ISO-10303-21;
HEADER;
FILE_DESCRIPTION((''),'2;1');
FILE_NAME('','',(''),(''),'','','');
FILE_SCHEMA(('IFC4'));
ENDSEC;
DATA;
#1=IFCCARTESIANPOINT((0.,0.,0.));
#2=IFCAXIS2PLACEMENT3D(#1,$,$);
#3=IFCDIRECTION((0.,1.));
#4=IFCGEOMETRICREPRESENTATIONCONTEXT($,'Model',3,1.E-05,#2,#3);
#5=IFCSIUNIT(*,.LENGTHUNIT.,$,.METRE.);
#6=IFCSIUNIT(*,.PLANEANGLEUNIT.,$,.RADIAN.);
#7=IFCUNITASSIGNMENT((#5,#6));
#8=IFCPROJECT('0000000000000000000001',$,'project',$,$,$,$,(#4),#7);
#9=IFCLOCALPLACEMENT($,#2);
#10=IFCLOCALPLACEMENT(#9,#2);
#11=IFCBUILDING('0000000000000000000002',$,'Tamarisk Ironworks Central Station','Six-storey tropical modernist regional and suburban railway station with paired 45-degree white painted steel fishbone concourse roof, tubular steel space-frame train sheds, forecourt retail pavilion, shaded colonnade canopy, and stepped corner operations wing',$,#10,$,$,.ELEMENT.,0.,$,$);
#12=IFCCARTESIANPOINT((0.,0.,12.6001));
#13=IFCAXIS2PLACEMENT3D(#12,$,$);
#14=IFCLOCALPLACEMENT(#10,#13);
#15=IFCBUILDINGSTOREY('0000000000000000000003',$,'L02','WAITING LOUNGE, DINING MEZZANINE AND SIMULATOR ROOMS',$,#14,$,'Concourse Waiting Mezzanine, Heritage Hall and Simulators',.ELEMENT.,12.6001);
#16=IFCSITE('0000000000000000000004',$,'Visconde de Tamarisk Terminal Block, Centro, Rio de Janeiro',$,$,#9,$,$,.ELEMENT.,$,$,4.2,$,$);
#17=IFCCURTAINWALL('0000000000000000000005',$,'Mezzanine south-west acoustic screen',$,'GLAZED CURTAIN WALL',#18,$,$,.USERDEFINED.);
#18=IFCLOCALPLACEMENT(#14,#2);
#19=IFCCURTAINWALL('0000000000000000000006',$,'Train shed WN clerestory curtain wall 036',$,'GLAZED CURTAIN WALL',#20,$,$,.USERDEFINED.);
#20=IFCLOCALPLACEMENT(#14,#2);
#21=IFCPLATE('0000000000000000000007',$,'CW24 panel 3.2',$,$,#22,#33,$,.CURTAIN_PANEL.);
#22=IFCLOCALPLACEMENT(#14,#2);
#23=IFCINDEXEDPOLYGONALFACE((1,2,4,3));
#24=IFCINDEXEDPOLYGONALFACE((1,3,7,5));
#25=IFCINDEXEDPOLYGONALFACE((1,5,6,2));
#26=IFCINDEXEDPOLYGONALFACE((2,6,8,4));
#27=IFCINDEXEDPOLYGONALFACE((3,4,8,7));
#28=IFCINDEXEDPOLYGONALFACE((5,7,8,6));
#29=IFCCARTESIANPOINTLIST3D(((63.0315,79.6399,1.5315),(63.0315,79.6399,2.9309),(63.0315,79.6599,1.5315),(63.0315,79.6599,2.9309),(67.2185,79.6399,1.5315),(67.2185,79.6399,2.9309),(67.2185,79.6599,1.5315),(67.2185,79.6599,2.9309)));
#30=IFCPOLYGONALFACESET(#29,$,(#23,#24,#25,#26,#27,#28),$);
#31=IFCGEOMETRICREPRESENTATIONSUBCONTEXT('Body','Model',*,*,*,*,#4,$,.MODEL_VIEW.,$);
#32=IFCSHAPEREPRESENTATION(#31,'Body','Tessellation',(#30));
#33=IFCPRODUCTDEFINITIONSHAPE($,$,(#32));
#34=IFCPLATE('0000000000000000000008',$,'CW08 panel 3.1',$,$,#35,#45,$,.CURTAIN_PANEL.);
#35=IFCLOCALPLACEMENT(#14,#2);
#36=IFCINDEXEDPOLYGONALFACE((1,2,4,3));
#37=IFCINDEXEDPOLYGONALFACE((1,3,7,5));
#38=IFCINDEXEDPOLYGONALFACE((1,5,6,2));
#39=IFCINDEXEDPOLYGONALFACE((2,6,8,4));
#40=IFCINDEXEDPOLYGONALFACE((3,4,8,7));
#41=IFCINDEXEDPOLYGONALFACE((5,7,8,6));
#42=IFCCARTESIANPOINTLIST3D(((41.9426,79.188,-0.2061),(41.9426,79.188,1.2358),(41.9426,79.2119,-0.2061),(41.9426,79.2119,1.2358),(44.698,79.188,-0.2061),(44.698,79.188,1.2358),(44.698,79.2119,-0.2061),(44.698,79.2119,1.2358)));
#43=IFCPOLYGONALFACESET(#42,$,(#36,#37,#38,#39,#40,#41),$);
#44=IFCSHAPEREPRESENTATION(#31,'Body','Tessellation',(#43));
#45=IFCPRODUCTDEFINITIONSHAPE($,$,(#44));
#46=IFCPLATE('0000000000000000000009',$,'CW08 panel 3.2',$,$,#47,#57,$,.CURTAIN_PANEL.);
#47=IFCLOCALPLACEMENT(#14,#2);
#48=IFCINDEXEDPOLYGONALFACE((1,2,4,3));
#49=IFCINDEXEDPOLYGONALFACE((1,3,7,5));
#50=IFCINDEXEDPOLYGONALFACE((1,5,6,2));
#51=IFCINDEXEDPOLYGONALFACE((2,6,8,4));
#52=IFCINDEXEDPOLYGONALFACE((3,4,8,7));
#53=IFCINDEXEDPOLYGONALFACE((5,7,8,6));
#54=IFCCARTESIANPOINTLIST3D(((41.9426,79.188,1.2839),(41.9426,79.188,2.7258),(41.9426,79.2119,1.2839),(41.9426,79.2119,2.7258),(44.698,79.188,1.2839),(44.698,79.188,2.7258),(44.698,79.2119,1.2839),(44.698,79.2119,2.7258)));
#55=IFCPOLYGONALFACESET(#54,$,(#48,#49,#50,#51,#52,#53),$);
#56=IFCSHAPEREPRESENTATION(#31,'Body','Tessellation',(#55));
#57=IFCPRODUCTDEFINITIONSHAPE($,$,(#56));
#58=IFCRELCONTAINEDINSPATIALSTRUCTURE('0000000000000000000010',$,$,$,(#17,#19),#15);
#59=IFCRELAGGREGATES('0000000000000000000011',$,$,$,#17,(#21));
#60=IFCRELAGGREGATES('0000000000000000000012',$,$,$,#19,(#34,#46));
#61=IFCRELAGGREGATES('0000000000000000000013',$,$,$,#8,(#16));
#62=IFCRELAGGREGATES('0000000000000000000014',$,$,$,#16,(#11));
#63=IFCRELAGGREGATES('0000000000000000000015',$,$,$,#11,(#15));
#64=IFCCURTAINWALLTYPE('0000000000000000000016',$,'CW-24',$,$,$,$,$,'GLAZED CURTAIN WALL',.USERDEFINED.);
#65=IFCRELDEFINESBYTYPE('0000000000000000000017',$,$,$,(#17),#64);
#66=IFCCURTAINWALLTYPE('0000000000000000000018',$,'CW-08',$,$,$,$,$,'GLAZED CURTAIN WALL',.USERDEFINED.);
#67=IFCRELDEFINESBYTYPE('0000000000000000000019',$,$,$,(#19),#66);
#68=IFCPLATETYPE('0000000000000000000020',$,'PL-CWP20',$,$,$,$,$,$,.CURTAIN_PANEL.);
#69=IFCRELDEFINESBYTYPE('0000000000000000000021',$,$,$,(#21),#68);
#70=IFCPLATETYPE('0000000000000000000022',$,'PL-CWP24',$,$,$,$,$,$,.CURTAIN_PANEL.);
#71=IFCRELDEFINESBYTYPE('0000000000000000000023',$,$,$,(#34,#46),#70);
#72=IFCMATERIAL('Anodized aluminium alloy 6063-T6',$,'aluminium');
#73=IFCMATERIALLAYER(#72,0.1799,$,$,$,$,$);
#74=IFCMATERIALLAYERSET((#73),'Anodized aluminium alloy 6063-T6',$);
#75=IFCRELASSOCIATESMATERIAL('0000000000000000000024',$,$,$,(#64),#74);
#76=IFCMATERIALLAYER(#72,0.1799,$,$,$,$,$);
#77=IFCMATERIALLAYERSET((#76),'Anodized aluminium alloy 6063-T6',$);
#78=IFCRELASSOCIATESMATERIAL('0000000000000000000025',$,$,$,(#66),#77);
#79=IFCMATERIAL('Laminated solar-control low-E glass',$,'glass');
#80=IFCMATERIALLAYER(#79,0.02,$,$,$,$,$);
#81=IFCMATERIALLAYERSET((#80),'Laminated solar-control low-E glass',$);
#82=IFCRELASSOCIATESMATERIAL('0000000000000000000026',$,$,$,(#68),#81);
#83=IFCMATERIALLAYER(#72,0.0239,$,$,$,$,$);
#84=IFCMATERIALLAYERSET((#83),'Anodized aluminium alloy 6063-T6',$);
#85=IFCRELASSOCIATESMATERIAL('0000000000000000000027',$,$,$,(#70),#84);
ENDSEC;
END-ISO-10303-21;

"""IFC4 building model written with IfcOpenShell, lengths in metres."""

from ifc_helpers import new_model, si_unit, direction, frame, origin, origin_2d, place, context, subcontext, project, spatial, rectangle, extrude, material, layer, layer_set, type_object, element, aggregate, save


model = new_model("IFC4")

# Units and contexts
model_context = context("Model", 3, precision=1e-05, world=origin(), true_north=direction((0.0, 1.0)))
body_context = subcontext(model_context, "Body", "Model", "MODEL_VIEW")
ifc_project = project(units=[si_unit("LENGTHUNIT", "METRE"), si_unit("PLANEANGLEUNIT", "RADIAN")], contexts=[model_context])

# Site, building, storey
site_placement = place(None, origin())
site = spatial("IfcSite", under=ifc_project, at=site_placement, Name="Visconde de Tamarisk Terminal Block, Centro, Rio de Janeiro", CompositionType="ELEMENT", RefElevation=4.2)
building_placement = place(site_placement, origin())
building = spatial("IfcBuilding", under=site, at=building_placement, Name="Tamarisk Ironworks Central Station", Description="Six-storey tropical modernist regional and suburban railway station with paired 45-degree white painted steel fishbone concourse roof, tubular steel space-frame train sheds, forecourt retail pavilion, shaded colonnade canopy, and stepped corner operations wing", CompositionType="ELEMENT", ElevationOfRefHeight=0.0)
storey_placement = place(building_placement, frame((0.0, 0.0, 12.6001)))
storey = spatial("IfcBuildingStorey", under=building, at=storey_placement, Name="L02", Description="WAITING LOUNGE, DINING MEZZANINE AND SIMULATOR ROOMS", LongName="Concourse Waiting Mezzanine, Heritage Hall and Simulators", CompositionType="ELEMENT", Elevation=12.6001)

# Curtain wall
ifc_material_1 = material(Name="Anodized aluminium alloy 6063-T6", Category="aluminium")
ifc_layer_1 = layer(ifc_material_1, 0.1799)
ifc_layer_set_1 = layer_set([ifc_layer_1], Name="Anodized aluminium alloy 6063-T6")
curtain_wall_type_1 = type_object("IfcCurtainWallType", Name="CW-24", ElementType="GLAZED CURTAIN WALL", PredefinedType="USERDEFINED", material=ifc_layer_set_1)
curtain_wall_1_placement = place(storey_placement, origin())
curtain_wall_1 = element("IfcCurtainWall", 1, at=curtain_wall_1_placement, inside=storey, type_object=curtain_wall_type_1, Name="Mezzanine south-west acoustic screen", ObjectType="GLAZED CURTAIN WALL", PredefinedType="USERDEFINED")

# Curtain wall
ifc_layer_2 = layer(ifc_material_1, 0.1799)
ifc_layer_set_2 = layer_set([ifc_layer_2], Name="Anodized aluminium alloy 6063-T6")
curtain_wall_type_2 = type_object("IfcCurtainWallType", Name="CW-08", ElementType="GLAZED CURTAIN WALL", PredefinedType="USERDEFINED", material=ifc_layer_set_2)
curtain_wall_2_placement = place(storey_placement, origin())
curtain_wall_2 = element("IfcCurtainWall", 2, at=curtain_wall_2_placement, inside=storey, type_object=curtain_wall_type_2, Name="Train shed WN clerestory curtain wall 036", ObjectType="GLAZED CURTAIN WALL", PredefinedType="USERDEFINED")

# Plates
ifc_material_2 = material(Name="Laminated solar-control low-E glass", Category="glass")
ifc_layer_3 = layer(ifc_material_2, 0.02)
ifc_layer_set_3 = layer_set([ifc_layer_3], Name="Laminated solar-control low-E glass")
plate_type_1 = type_object("IfcPlateType", Name="PL-CWP20", PredefinedType="CURTAIN_PANEL", material=ifc_layer_set_3)
plate_1_placement = place(storey_placement, frame((65.125, 79.6499, 1.5315), z_axis=(0.0, 0.0, 1.0), x_axis=(1.0, 0.0, 0.0)))
plate_1 = element("IfcPlate", 3, at=plate_1_placement, type_object=plate_type_1, Name="CW24 panel 3.2", PredefinedType="CURTAIN_PANEL", context=body_context, shape_type="SweptSolid", body=[
    extrude(rectangle(XDim=4.187, YDim=0.02, at=origin_2d()), origin(), (0.0, 0.0, 1.0), 1.3994),
])
aggregate(curtain_wall_1, [plate_1])
ifc_layer_4 = layer(ifc_material_1, 0.0239)
ifc_layer_set_4 = layer_set([ifc_layer_4], Name="Anodized aluminium alloy 6063-T6")
plate_type_2 = type_object("IfcPlateType", Name="PL-CWP24", PredefinedType="CURTAIN_PANEL", material=ifc_layer_set_4)
plate_2_placement = place(storey_placement, frame((43.3203, 79.2, -0.2061), z_axis=(0.0, 0.0, 1.0), x_axis=(1.0, 0.0, 0.0)))
plate_2 = element("IfcPlate", 4, at=plate_2_placement, type_object=plate_type_2, Name="CW08 panel 3.1", PredefinedType="CURTAIN_PANEL", context=body_context, shape_type="SweptSolid", body=[
    extrude(rectangle(XDim=2.7554, YDim=0.0239, at=origin_2d()), origin(), (0.0, 0.0, 1.0), 1.4419),
])
plate_3_placement = place(storey_placement, frame((43.3203, 79.2, 1.2839), z_axis=(0.0, 0.0, 1.0), x_axis=(1.0, 0.0, 0.0)))
plate_3 = element("IfcPlate", 5, at=plate_3_placement, type_object=plate_type_2, Name="CW08 panel 3.2", PredefinedType="CURTAIN_PANEL", context=body_context, shape_type="SweptSolid", body=[
    extrude(rectangle(XDim=2.7554, YDim=0.0239, at=origin_2d()), origin(), (0.0, 0.0, 1.0), 1.4419),
])
aggregate(curtain_wall_2, [plate_2, plate_3])

save(model, "model.ifc")
